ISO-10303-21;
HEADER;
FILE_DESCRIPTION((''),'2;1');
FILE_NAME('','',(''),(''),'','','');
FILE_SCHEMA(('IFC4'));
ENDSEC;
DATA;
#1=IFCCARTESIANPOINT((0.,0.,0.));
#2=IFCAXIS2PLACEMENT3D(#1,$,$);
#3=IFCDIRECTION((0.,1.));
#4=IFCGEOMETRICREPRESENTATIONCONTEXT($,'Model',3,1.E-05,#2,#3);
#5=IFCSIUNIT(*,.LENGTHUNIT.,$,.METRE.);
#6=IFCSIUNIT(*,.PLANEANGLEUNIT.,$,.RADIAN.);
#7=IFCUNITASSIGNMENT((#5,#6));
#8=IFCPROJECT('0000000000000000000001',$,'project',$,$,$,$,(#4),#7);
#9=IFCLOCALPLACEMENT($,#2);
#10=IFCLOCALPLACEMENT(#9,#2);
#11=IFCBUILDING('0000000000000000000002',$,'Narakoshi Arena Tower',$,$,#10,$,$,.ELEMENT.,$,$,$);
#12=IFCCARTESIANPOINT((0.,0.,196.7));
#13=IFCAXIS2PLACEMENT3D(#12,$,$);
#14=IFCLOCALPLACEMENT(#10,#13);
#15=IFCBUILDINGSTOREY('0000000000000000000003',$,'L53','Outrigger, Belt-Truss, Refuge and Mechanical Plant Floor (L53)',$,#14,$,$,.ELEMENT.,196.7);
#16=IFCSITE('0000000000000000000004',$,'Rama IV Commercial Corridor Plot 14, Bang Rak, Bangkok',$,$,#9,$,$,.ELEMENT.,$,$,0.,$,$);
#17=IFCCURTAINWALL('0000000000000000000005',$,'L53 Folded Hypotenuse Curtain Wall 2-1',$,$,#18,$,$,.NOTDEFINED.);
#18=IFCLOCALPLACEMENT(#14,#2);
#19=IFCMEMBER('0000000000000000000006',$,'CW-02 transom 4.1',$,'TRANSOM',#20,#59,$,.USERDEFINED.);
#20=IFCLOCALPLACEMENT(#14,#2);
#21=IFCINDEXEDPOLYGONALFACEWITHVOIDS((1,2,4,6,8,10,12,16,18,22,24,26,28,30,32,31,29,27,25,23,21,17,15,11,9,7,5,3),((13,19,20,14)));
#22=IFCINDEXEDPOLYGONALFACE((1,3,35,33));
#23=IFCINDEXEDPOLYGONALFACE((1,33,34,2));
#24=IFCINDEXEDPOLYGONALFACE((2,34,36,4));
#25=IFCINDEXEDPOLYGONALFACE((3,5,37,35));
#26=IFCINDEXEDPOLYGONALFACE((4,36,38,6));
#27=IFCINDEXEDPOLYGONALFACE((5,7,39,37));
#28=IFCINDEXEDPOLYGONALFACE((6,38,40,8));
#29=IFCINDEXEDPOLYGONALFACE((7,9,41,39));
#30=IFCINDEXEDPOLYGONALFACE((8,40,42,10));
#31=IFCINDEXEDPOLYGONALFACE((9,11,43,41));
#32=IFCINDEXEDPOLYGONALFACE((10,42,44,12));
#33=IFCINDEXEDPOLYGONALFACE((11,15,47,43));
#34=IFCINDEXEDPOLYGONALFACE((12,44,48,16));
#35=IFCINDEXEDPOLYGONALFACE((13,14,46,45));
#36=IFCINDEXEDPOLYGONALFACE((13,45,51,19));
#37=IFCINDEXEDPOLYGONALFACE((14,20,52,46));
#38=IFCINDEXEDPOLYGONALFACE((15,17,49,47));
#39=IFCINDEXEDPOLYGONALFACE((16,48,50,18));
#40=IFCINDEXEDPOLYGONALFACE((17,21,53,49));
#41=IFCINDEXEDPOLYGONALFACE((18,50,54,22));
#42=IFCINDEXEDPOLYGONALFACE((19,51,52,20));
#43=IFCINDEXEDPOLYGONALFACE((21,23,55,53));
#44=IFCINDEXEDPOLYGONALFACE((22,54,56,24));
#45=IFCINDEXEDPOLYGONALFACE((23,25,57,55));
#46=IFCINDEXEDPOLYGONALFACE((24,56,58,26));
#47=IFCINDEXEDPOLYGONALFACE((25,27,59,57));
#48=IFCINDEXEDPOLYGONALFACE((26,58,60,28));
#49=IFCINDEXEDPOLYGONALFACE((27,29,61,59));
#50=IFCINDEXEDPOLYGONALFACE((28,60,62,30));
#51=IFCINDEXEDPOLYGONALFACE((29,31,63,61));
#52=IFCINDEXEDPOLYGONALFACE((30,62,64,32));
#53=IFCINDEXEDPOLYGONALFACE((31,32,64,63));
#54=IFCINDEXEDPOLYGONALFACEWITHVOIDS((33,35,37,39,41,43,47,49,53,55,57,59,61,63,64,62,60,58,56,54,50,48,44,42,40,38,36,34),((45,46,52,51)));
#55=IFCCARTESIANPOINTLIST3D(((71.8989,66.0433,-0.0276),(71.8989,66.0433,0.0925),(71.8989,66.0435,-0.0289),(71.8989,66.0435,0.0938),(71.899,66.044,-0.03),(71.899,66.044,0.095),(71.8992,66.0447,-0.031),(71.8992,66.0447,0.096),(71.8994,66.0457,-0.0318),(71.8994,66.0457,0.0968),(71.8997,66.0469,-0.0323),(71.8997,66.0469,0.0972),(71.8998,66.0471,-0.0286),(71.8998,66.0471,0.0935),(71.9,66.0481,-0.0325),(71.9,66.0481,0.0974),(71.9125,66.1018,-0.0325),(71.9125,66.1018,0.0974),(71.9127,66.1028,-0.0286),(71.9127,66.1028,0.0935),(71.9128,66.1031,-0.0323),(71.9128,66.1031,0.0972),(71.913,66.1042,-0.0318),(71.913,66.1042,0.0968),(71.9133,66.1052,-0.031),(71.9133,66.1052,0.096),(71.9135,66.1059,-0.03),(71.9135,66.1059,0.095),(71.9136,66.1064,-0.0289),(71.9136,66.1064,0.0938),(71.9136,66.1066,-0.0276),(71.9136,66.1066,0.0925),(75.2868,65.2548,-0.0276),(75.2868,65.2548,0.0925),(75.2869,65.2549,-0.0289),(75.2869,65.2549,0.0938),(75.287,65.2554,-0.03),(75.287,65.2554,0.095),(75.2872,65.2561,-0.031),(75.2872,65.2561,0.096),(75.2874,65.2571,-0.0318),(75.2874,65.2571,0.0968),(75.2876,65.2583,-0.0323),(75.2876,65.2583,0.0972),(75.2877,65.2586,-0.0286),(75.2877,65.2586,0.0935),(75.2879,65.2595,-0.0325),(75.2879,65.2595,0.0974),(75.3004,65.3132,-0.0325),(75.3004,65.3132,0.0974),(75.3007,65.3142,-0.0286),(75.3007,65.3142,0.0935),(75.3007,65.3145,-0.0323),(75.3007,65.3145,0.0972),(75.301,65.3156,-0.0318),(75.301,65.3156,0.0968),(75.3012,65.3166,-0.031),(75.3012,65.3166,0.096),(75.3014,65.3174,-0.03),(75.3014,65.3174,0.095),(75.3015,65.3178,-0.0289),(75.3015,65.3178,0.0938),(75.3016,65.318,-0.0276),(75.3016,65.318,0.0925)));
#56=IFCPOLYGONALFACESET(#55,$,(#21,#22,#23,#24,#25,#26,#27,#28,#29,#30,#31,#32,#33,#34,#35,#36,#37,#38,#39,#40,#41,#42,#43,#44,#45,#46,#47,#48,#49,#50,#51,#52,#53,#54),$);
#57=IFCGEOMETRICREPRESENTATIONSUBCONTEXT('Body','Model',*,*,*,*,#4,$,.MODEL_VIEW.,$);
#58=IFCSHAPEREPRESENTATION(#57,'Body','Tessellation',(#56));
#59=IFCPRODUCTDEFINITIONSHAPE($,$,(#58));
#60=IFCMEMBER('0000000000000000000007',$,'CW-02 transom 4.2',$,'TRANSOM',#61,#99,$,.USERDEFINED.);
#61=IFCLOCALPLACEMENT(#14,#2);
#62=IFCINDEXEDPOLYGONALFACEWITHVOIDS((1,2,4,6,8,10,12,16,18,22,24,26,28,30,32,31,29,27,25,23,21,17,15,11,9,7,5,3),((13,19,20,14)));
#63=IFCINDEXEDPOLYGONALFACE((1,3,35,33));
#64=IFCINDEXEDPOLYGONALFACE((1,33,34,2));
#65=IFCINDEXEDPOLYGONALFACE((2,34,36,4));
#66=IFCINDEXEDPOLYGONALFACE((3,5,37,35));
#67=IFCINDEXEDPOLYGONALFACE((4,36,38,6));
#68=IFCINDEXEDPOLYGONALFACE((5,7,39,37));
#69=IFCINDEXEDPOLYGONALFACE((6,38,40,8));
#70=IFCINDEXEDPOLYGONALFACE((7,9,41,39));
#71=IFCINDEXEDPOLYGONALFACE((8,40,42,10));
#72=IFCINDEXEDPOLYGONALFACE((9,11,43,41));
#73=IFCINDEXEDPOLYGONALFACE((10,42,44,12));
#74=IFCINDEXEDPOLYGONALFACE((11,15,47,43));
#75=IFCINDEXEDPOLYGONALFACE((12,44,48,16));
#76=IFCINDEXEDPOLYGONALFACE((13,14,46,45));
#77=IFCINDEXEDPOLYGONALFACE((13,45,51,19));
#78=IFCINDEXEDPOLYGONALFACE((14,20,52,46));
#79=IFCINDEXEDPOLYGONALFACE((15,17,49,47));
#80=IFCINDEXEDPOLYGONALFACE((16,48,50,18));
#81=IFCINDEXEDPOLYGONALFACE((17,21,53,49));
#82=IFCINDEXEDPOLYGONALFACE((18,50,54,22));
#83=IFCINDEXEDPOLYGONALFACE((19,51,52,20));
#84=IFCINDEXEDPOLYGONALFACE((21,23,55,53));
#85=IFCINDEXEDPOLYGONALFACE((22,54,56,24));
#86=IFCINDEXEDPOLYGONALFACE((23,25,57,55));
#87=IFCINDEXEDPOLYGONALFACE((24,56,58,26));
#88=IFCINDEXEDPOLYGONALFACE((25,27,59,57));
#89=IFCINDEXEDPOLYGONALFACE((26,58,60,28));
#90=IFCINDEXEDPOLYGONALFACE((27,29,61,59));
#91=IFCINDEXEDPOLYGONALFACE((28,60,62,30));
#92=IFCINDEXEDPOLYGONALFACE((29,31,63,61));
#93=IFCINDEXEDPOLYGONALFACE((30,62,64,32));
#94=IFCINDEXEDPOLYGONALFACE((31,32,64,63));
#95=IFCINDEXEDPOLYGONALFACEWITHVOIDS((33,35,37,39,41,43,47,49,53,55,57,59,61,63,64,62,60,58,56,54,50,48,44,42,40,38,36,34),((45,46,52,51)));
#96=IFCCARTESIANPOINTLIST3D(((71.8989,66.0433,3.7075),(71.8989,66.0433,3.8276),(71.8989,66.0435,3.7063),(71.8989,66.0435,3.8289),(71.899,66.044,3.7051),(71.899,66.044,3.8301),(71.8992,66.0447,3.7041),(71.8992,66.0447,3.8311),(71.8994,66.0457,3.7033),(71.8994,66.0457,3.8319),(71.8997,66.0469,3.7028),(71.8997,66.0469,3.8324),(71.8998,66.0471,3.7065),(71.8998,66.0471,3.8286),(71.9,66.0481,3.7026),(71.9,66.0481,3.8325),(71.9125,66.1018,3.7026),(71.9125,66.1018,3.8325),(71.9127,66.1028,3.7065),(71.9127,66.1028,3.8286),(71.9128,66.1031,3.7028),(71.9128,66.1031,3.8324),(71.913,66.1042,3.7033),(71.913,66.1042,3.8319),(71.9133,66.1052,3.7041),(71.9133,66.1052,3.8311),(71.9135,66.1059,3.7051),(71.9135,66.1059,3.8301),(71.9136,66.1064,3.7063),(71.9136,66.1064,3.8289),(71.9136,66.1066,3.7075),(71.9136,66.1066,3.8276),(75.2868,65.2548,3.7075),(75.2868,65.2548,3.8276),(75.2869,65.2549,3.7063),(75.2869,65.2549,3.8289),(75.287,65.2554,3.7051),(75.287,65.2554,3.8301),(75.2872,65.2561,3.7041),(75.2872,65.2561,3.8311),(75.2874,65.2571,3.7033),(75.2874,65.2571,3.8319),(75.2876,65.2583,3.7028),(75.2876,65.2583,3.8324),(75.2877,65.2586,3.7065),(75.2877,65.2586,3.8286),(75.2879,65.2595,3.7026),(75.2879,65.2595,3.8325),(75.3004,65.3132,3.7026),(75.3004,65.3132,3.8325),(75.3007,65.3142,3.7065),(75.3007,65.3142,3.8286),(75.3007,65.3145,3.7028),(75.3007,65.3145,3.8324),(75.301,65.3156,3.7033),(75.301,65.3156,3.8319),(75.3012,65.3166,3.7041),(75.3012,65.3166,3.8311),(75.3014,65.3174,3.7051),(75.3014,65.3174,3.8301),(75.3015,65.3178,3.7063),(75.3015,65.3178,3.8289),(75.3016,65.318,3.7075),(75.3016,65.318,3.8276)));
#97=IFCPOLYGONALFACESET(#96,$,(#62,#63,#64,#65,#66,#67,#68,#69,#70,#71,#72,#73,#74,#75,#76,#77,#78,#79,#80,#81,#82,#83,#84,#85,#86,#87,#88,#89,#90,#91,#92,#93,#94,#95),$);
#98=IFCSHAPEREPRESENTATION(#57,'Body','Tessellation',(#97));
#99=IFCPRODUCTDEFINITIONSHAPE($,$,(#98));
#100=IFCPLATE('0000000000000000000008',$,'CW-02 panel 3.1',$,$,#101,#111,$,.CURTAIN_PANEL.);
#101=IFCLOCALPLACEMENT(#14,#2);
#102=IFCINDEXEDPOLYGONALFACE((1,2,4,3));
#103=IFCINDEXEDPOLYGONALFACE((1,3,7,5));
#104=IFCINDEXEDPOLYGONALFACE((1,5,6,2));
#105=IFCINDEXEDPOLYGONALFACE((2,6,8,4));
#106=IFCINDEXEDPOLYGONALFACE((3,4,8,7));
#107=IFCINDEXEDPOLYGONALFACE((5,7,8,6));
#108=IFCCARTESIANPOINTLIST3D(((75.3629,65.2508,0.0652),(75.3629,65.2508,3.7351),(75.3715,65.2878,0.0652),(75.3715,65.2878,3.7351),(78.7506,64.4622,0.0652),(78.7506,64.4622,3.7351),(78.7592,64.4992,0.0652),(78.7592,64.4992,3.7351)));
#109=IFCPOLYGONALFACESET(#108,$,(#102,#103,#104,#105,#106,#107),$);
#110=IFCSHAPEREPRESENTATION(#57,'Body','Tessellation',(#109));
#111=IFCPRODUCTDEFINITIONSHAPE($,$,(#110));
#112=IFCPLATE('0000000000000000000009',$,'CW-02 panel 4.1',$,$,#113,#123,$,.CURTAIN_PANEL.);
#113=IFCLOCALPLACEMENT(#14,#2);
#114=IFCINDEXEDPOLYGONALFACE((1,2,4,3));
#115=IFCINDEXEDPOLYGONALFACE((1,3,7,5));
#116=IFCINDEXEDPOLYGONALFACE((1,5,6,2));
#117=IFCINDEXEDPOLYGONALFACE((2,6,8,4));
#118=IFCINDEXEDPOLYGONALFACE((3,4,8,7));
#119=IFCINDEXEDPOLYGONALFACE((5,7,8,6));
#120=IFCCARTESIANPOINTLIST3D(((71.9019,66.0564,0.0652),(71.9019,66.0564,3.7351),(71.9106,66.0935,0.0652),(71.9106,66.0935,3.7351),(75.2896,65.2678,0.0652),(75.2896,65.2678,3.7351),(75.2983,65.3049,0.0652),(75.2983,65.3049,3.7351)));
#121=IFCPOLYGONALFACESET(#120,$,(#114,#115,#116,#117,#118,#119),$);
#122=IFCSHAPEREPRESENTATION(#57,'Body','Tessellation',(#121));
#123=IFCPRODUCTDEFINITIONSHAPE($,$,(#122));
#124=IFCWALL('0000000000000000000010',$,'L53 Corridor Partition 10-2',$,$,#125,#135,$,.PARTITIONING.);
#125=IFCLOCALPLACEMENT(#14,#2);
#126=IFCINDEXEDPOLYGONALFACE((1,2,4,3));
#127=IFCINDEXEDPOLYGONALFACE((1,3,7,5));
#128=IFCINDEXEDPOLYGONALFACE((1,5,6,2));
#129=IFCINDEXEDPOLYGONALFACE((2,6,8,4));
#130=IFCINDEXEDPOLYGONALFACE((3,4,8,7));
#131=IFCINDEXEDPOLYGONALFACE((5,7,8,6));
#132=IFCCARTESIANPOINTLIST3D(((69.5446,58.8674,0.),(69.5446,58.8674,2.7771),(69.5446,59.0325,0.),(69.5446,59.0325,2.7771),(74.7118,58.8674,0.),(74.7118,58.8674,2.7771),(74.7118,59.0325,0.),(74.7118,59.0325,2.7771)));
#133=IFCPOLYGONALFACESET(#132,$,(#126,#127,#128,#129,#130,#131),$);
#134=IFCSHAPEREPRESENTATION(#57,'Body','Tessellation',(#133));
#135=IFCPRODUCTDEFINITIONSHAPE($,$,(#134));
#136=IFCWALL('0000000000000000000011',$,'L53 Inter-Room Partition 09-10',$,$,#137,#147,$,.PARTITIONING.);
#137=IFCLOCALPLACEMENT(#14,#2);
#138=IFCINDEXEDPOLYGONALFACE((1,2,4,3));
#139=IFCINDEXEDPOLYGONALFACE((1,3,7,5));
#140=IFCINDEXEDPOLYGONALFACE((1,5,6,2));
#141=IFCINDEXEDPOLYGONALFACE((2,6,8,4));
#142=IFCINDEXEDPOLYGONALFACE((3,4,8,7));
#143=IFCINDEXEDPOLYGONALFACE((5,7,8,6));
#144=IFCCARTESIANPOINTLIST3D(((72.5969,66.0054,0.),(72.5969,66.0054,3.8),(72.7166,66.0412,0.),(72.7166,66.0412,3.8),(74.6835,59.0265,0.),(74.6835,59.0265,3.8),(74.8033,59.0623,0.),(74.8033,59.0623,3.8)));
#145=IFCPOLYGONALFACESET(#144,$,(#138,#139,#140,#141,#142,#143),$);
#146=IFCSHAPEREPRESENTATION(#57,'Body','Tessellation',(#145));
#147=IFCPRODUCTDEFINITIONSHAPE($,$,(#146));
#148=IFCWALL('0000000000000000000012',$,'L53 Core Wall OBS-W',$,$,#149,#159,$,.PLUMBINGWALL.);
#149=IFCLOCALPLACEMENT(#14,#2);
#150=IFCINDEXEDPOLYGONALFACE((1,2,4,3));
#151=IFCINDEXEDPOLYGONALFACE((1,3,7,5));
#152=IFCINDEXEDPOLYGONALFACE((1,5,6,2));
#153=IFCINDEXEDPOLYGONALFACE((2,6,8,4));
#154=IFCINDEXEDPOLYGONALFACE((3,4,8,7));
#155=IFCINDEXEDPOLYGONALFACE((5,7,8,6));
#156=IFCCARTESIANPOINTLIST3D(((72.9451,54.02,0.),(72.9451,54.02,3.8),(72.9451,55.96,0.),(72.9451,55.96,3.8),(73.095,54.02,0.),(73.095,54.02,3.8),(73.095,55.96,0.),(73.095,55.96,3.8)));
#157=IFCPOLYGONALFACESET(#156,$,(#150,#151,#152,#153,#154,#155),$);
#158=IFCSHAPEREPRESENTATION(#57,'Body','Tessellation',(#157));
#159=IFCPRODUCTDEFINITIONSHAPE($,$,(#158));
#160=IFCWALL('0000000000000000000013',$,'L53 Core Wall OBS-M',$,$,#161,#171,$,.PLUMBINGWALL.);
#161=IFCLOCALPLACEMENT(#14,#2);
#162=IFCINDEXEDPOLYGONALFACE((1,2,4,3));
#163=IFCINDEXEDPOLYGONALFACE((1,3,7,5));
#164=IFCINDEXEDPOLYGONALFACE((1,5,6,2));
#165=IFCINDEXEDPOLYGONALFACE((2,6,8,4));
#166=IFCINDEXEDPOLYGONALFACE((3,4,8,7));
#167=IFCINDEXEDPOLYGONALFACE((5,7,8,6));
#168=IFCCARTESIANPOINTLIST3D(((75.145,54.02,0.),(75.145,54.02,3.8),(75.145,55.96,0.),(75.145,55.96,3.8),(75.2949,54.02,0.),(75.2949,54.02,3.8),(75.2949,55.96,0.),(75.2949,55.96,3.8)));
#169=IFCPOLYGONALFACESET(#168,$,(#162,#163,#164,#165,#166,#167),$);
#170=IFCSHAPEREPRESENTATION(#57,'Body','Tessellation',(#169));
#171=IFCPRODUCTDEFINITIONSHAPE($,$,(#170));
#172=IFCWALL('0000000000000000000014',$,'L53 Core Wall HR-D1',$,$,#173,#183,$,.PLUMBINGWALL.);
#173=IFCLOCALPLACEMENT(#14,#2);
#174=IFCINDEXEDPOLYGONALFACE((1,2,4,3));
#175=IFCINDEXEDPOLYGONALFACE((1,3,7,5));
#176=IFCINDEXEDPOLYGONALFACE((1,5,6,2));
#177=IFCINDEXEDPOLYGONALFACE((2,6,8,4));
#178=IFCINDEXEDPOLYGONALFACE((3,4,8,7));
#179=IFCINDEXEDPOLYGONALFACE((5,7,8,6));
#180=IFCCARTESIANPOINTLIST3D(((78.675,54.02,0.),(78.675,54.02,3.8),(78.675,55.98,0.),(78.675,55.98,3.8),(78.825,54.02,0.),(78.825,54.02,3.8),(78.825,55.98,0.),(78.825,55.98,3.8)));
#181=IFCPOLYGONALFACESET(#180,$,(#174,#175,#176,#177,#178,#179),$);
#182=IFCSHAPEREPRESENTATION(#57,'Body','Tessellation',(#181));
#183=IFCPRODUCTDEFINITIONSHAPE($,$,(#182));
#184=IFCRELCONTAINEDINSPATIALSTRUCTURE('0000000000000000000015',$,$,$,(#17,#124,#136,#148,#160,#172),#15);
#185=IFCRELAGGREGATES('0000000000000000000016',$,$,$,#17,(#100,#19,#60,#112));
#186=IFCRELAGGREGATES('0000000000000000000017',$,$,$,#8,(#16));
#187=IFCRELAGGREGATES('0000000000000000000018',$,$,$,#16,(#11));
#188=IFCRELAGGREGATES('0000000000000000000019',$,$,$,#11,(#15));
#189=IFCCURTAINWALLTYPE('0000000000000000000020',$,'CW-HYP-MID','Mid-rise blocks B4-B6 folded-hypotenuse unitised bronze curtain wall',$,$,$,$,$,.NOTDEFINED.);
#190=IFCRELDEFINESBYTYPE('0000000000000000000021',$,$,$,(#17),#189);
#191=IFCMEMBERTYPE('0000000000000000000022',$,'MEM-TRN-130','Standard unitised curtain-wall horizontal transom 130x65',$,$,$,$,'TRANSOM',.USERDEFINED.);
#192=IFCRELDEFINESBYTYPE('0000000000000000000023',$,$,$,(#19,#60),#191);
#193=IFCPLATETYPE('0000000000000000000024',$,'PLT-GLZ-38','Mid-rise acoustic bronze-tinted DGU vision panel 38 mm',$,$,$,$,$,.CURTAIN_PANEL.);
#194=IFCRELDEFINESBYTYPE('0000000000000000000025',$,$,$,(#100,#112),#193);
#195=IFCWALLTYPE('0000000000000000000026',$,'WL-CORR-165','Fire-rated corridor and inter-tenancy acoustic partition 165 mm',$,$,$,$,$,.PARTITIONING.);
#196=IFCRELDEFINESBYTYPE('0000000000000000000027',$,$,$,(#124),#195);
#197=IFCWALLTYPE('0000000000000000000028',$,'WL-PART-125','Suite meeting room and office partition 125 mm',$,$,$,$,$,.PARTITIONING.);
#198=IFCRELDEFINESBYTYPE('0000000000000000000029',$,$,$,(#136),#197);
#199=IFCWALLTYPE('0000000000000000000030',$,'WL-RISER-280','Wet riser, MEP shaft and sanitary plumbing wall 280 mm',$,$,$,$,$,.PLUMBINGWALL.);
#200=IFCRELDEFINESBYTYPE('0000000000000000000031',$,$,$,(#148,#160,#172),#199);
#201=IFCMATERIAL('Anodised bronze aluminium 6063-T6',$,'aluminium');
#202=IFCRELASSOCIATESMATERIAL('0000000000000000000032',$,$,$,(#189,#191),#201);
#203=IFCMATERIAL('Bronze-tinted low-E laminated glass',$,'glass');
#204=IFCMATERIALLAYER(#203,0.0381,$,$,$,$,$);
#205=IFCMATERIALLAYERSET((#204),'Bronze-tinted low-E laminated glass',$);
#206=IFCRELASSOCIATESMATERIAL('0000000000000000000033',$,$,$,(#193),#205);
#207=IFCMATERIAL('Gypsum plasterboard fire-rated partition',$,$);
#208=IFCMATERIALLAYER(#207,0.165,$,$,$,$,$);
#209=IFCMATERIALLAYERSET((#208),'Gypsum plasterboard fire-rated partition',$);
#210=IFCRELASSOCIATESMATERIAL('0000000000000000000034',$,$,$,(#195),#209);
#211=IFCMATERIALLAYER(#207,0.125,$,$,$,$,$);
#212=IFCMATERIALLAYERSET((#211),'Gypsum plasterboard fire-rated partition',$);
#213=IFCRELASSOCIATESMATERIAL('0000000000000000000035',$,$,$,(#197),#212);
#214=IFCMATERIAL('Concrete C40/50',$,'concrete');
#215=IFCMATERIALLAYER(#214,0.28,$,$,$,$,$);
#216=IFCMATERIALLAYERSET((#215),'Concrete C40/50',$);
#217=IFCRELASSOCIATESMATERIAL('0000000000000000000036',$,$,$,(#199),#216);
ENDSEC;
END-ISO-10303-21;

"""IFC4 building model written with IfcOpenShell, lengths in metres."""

from ifc_helpers import new_model, si_unit, direction, frame, frame_2d, origin, origin_2d, place, context, subcontext, project, spatial, rectangle, hollow_rectangle, extrude, material, layer, layer_set, material_profile, profile_set, type_object, element, aggregate, save


model = new_model("IFC4")

# Units and contexts
model_context = context("Model", 3, precision=1e-05, world=origin(), true_north=direction((0.0, 1.0)))
body_context = subcontext(model_context, "Body", "Model", "MODEL_VIEW")
ifc_project = project(units=[si_unit("LENGTHUNIT", "METRE"), si_unit("PLANEANGLEUNIT", "RADIAN")], contexts=[model_context])

# Site, building, storey
site_placement = place(None, origin())
site = spatial("IfcSite", under=ifc_project, at=site_placement, Name="Rama IV Commercial Corridor Plot 14, Bang Rak, Bangkok", CompositionType="ELEMENT", RefElevation=0.0)
building_placement = place(site_placement, origin())
building = spatial("IfcBuilding", under=site, at=building_placement, Name="Narakoshi Arena Tower", CompositionType="ELEMENT")
storey_placement = place(building_placement, frame((0.0, 0.0, 196.7)))
storey = spatial("IfcBuildingStorey", under=building, at=storey_placement, Name="L53", Description="Outrigger, Belt-Truss, Refuge and Mechanical Plant Floor (L53)", CompositionType="ELEMENT", Elevation=196.7)

# Curtain wall, members, plates
ifc_material_1 = material(Name="Anodised bronze aluminium 6063-T6", Category="aluminium")
curtain_wall_type = type_object("IfcCurtainWallType", Name="CW-HYP-MID", Description="Mid-rise blocks B4-B6 folded-hypotenuse unitised bronze curtain wall", PredefinedType="NOTDEFINED", material=ifc_material_1)
curtain_wall_placement = place(storey_placement, origin())
curtain_wall = element("IfcCurtainWall", 1, at=curtain_wall_placement, inside=storey, type_object=curtain_wall_type, Name="L53 Folded Hypotenuse Curtain Wall 2-1", PredefinedType="NOTDEFINED")
ifc_material_profile_1 = material_profile(ifc_material_1, hollow_rectangle(XDim=0.0649, YDim=0.1299, WallThickness=0.0039, OuterFilletRadius=0.0049, at=origin_2d()), Name="TRN130x65x4")
ifc_profile_set_1 = profile_set([ifc_material_profile_1], Name="Anodised bronze aluminium 6063-T6")
member_type_1 = type_object("IfcMemberType", Name="MEM-TRN-130", Description="Standard unitised curtain-wall horizontal transom 130x65", ElementType="TRANSOM", PredefinedType="USERDEFINED", material=ifc_profile_set_1)
member_1_placement = place(storey_placement, frame((75.2942, 65.2864, 0.0325), z_axis=(-0.973965, 0.226699, 0.0), x_axis=(-0.226699, -0.973965, 0.0)))
member_1 = element("IfcMember", 2, at=member_1_placement, type_object=member_type_1, Name="CW-02 transom 4.1", ObjectType="TRANSOM", PredefinedType="USERDEFINED", context=body_context, shape_type="SweptSolid", body=[
    extrude(hollow_rectangle(XDim=0.0649, YDim=0.1299, WallThickness=0.0039, OuterFilletRadius=0.0049, at=origin_2d()), origin(), (0.0, 0.0, 1.0), 3.4785),
])
member_2_placement = place(storey_placement, frame((75.2942, 65.2864, 3.7676), z_axis=(-0.973965, 0.226699, 0.0), x_axis=(-0.226699, -0.973965, 0.0)))
member_2 = element("IfcMember", 3, at=member_2_placement, type_object=member_type_1, Name="CW-02 transom 4.2", ObjectType="TRANSOM", PredefinedType="USERDEFINED", context=body_context, shape_type="SweptSolid", body=[
    extrude(hollow_rectangle(XDim=0.0649, YDim=0.1299, WallThickness=0.0039, OuterFilletRadius=0.0049, at=origin_2d()), origin(), (0.0, 0.0, 1.0), 3.4785),
])
ifc_material_2 = material(Name="Bronze-tinted low-E laminated glass", Category="glass")
ifc_layer_1 = layer(ifc_material_2, 0.0381)
ifc_layer_set_1 = layer_set([ifc_layer_1], Name="Bronze-tinted low-E laminated glass")
plate_type = type_object("IfcPlateType", Name="PLT-GLZ-38", Description="Mid-rise acoustic bronze-tinted DGU vision panel 38 mm", PredefinedType="CURTAIN_PANEL", material=ifc_layer_set_1)
plate_1_placement = place(storey_placement, frame((77.061, 64.875, 0.0652), z_axis=(0.0, 0.0, 1.0), x_axis=(-0.97396, 0.226721, 0.0)))
plate_1 = element("IfcPlate", 4, at=plate_1_placement, type_object=plate_type, Name="CW-02 panel 3.1", PredefinedType="CURTAIN_PANEL", context=body_context, shape_type="SweptSolid", body=[
    extrude(rectangle(XDim=3.4783, YDim=0.0381, at=origin_2d()), origin(), (0.0, 0.0, 1.0), 3.6699),
])
plate_2_placement = place(storey_placement, frame((73.6001, 65.6807, 0.0652), z_axis=(0.0, 0.0, 1.0), x_axis=(-0.97396, 0.226721, 0.0)))
plate_2 = element("IfcPlate", 5, at=plate_2_placement, type_object=plate_type, Name="CW-02 panel 4.1", PredefinedType="CURTAIN_PANEL", context=body_context, shape_type="SweptSolid", body=[
    extrude(rectangle(XDim=3.4783, YDim=0.0381, at=origin_2d()), origin(), (0.0, 0.0, 1.0), 3.6699),
])
aggregate(curtain_wall, [plate_1, member_1, member_2, plate_2])

# Walls
ifc_material_3 = material(Name="Gypsum plasterboard fire-rated partition")
ifc_layer_2 = layer(ifc_material_3, 0.165)
ifc_layer_set_2 = layer_set([ifc_layer_2], Name="Gypsum plasterboard fire-rated partition")
wall_type_1 = type_object("IfcWallType", Name="WL-CORR-165", Description="Fire-rated corridor and inter-tenancy acoustic partition 165 mm", PredefinedType="PARTITIONING", material=ifc_layer_set_2)
wall_1_placement = place(storey_placement, frame((74.7117, 58.95, 0.0), z_axis=(0.0, 0.0, 1.0), x_axis=(-1.0, 0.0, 0.0)))
element("IfcWall", 6, at=wall_1_placement, inside=storey, type_object=wall_type_1, Name="L53 Corridor Partition 10-2", PredefinedType="PARTITIONING", context=body_context, shape_type="SweptSolid", body=[
    extrude(rectangle(XDim=5.1672, YDim=0.165, at=frame_2d((2.5835, 0.0))), origin(), (0.0, 0.0, 1.0), 2.7771),
])
ifc_layer_3 = layer(ifc_material_3, 0.125)
ifc_layer_set_3 = layer_set([ifc_layer_3], Name="Gypsum plasterboard fire-rated partition")
wall_type_2 = type_object("IfcWallType", Name="WL-PART-125", Description="Suite meeting room and office partition 125 mm", PredefinedType="PARTITIONING", material=ifc_layer_set_3)
wall_2_placement = place(storey_placement, frame((74.7434, 59.0444, 0.0), z_axis=(0.0, 0.0, 1.0), x_axis=(-0.286462, 0.958092, 0.0)))
element("IfcWall", 7, at=wall_2_placement, inside=storey, type_object=wall_type_2, Name="L53 Inter-Room Partition 09-10", PredefinedType="PARTITIONING", context=body_context, shape_type="SweptSolid", body=[
    extrude(rectangle(XDim=7.2842, YDim=0.125, at=frame_2d((3.6421, 0.0))), origin(), (0.0, 0.0, 1.0), 3.8),
])
ifc_material_4 = material(Name="Concrete C40/50", Category="concrete")
ifc_layer_4 = layer(ifc_material_4, 0.28)
ifc_layer_set_4 = layer_set([ifc_layer_4], Name="Concrete C40/50")
wall_type_3 = type_object("IfcWallType", Name="WL-RISER-280", Description="Wet riser, MEP shaft and sanitary plumbing wall 280 mm", PredefinedType="PLUMBINGWALL", material=ifc_layer_set_4)
for number, where, z_axis, x_axis, name in (
    (8, (73.02, 54.02, 0.0), (0.0, 0.0, 1.0), (0.0, 1.0, 0.0), "L53 Core Wall OBS-W"),
    (9, (75.22, 54.02, 0.0), (0.0, 0.0, 1.0), (0.0, 1.0, 0.0), "L53 Core Wall OBS-M"),
):
    element("IfcWall", number, at=place(storey_placement, frame(where, z_axis=z_axis, x_axis=x_axis)), inside=storey, type_object=wall_type_3, Name=name, PredefinedType="PLUMBINGWALL", context=body_context, shape_type="SweptSolid", body=[
        extrude(rectangle(XDim=1.9399, YDim=0.1499, at=frame_2d((0.97, 0.0))), origin(), (0.0, 0.0, 1.0), 3.8),
    ])
wall_3_placement = place(storey_placement, frame((78.75, 54.02, 0.0), z_axis=(0.0, 0.0, 1.0), x_axis=(0.0, 1.0, 0.0)))
element("IfcWall", 10, at=wall_3_placement, inside=storey, type_object=wall_type_3, Name="L53 Core Wall HR-D1", PredefinedType="PLUMBINGWALL", context=body_context, shape_type="SweptSolid", body=[
    extrude(rectangle(XDim=1.96, YDim=0.1499, at=frame_2d((0.98, 0.0))), origin(), (0.0, 0.0, 1.0), 3.8),
])

save(model, "model.ifc")
